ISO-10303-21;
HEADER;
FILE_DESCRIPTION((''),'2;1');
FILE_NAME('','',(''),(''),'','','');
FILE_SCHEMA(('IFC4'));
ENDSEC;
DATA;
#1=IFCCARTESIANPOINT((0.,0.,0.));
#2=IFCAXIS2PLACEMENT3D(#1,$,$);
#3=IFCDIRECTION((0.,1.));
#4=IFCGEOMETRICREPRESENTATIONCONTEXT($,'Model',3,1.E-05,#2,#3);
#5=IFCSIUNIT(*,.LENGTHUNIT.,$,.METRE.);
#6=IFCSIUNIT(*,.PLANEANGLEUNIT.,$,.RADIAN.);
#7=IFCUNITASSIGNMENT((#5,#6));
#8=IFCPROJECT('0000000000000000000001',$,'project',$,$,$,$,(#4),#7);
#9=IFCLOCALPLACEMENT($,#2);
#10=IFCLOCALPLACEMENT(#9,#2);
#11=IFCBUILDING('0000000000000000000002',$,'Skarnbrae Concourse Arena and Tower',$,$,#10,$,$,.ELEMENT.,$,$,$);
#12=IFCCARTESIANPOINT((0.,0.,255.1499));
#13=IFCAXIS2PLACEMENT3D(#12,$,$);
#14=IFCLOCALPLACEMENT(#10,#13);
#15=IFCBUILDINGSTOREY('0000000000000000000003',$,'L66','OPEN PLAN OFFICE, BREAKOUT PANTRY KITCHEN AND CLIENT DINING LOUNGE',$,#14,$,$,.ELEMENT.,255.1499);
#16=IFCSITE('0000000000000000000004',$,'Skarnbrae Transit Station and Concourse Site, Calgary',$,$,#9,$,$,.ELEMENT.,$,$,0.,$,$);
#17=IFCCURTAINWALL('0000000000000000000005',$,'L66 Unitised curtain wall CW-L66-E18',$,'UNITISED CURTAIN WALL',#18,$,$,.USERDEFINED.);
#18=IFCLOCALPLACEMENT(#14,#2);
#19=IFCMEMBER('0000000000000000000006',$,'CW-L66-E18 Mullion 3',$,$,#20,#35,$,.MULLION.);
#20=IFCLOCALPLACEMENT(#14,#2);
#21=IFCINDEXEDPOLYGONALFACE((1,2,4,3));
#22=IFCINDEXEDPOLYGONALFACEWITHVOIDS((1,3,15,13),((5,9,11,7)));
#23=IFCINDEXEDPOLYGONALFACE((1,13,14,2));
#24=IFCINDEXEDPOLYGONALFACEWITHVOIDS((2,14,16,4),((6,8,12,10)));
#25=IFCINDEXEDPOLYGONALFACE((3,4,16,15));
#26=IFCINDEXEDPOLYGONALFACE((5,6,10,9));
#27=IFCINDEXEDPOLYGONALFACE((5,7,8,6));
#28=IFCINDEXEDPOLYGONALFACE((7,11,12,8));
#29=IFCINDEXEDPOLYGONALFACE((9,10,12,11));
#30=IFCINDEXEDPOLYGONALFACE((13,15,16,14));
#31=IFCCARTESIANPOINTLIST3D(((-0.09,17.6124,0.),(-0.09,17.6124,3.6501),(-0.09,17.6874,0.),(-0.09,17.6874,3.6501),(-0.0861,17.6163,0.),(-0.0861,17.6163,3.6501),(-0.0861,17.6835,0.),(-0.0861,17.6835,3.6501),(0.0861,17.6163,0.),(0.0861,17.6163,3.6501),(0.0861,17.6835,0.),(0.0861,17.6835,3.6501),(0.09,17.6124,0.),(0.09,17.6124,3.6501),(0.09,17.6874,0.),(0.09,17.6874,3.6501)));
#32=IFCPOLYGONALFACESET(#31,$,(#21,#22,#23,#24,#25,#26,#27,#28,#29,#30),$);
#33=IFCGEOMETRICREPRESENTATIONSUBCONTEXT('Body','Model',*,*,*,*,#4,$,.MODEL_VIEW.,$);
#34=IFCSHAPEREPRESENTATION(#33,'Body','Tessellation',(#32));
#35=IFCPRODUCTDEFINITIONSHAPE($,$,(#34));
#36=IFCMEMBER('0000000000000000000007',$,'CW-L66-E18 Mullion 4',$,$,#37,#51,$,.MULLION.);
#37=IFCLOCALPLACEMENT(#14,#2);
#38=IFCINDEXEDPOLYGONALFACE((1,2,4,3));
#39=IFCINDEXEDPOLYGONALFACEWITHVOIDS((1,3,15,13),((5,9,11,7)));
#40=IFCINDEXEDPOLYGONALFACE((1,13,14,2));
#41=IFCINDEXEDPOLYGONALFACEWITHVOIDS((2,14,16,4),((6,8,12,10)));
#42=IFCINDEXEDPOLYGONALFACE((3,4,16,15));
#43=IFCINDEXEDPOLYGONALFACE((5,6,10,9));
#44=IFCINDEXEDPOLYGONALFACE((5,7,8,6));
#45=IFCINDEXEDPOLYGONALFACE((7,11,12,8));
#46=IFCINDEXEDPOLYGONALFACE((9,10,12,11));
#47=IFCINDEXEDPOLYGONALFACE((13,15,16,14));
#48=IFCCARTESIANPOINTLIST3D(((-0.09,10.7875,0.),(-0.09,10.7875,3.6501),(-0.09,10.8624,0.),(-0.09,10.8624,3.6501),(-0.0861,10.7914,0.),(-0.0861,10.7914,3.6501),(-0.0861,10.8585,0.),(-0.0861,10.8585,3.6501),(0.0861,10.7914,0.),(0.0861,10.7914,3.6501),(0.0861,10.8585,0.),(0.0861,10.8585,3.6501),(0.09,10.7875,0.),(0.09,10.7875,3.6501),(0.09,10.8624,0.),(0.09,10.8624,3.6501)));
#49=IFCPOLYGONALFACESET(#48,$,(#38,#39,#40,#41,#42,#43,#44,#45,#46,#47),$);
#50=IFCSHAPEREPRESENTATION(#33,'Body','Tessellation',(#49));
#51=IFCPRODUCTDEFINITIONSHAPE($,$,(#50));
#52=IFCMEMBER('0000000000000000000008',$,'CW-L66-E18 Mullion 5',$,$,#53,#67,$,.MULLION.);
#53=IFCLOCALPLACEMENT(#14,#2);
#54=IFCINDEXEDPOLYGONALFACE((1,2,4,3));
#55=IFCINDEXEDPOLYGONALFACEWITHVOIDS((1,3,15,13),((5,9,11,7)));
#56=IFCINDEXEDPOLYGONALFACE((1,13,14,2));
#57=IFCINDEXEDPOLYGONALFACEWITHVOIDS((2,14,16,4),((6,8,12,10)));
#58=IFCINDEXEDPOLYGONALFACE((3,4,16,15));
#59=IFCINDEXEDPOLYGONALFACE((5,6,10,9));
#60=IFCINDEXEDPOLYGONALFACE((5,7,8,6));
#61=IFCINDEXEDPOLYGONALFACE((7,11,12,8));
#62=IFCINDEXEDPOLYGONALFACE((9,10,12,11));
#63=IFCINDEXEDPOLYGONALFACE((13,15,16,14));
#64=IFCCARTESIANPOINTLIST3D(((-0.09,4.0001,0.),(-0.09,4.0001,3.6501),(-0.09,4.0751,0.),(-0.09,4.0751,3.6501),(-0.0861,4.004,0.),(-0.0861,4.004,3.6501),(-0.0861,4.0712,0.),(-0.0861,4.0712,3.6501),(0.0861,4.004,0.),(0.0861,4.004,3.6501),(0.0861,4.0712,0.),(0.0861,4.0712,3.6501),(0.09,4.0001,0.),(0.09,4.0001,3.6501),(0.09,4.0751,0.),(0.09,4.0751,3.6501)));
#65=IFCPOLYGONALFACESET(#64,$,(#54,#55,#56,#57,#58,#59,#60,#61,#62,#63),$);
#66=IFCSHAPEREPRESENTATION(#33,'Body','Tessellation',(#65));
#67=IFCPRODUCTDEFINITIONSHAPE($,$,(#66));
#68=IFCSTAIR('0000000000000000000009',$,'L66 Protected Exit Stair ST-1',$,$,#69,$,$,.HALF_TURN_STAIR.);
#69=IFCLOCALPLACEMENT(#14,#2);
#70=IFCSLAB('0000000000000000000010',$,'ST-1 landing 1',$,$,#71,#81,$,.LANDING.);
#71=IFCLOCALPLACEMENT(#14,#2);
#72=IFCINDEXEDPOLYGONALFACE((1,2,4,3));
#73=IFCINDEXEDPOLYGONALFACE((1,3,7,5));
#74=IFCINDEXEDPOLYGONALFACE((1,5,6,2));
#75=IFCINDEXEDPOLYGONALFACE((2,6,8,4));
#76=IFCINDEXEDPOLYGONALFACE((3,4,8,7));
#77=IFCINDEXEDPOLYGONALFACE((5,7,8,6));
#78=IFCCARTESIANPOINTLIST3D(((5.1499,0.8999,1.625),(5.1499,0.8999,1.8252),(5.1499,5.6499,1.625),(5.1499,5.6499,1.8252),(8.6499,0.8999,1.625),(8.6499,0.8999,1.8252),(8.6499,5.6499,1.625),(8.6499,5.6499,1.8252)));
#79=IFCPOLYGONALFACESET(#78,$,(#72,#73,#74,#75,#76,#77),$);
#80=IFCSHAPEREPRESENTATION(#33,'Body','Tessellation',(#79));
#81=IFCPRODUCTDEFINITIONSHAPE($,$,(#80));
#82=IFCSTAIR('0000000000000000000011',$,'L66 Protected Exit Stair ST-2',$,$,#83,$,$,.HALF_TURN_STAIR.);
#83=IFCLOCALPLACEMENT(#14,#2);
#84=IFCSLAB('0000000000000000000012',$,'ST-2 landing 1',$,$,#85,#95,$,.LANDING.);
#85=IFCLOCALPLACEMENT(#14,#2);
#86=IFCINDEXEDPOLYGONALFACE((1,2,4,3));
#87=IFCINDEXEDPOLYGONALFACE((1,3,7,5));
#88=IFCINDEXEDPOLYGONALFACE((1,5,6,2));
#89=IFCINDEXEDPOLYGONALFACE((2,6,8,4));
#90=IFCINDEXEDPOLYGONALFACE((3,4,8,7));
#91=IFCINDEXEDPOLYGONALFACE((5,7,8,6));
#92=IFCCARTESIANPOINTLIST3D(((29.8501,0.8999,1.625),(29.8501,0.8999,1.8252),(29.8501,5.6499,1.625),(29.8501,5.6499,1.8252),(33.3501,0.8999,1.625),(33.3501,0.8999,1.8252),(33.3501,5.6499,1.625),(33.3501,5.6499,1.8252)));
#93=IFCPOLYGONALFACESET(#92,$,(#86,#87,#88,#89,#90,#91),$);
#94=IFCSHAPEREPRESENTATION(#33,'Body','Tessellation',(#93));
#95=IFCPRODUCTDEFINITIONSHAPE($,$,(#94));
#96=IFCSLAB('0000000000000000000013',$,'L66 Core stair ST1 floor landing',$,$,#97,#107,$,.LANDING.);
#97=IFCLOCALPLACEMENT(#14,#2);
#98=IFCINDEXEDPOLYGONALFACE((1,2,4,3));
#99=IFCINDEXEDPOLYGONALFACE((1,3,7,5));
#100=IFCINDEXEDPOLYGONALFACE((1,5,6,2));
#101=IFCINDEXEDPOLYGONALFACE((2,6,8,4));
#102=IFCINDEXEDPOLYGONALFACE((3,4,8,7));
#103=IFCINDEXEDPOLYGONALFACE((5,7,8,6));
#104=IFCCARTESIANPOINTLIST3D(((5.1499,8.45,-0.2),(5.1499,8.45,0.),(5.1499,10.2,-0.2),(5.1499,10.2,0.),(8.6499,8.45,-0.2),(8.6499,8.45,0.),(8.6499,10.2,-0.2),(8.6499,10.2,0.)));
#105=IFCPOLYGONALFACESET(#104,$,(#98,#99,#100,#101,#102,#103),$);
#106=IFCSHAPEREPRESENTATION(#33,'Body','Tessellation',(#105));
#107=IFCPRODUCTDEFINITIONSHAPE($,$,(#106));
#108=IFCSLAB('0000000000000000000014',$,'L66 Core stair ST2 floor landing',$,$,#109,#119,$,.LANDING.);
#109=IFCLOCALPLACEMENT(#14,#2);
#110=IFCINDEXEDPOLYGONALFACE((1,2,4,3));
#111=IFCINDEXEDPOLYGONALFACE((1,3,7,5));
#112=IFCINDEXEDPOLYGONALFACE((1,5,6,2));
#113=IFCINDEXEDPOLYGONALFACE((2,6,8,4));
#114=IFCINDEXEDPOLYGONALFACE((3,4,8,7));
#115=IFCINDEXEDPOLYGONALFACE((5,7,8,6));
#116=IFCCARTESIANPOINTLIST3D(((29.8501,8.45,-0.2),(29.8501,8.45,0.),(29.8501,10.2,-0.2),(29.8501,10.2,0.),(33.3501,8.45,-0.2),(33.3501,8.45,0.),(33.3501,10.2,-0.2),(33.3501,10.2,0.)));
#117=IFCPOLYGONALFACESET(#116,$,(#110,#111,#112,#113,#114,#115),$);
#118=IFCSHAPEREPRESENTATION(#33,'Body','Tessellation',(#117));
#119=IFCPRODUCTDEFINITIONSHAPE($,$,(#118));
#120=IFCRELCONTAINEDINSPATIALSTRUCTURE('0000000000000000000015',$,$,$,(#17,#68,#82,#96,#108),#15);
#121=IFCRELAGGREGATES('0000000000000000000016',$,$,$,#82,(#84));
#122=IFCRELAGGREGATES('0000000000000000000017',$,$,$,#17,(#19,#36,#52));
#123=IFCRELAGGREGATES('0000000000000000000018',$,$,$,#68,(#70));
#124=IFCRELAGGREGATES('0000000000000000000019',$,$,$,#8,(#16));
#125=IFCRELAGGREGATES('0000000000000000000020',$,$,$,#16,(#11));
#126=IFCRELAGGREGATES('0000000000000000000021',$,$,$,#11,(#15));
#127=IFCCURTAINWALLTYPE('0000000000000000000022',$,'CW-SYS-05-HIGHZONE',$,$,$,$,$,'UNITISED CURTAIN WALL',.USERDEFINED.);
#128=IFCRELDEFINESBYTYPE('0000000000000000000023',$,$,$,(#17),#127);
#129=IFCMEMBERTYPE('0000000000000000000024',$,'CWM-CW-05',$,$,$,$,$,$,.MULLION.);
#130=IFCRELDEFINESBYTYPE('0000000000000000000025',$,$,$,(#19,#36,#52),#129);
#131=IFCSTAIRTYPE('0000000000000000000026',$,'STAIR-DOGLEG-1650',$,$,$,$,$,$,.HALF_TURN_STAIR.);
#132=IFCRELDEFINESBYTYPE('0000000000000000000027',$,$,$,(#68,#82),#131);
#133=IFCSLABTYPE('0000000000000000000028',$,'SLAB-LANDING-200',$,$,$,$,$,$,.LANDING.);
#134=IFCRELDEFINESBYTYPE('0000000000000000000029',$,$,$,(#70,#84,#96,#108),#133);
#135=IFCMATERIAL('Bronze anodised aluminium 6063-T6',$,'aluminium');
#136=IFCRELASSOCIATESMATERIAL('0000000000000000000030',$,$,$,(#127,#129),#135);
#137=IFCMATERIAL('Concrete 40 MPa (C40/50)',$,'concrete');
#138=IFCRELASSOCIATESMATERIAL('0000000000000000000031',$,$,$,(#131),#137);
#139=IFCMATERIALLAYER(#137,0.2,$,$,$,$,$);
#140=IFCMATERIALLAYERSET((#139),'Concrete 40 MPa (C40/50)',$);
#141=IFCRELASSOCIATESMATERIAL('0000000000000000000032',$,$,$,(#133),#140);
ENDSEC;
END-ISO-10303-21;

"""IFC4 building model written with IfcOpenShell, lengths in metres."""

from ifc_helpers import new_model, si_unit, direction, frame, origin, origin_2d, place, context, subcontext, project, spatial, polyline, hollow_rectangle, outline, extrude, source, transform, mapped, material, layer, layer_set, material_profile, profile_set, type_object, element, aggregate, save


model = new_model("IFC4")

# Units and contexts
model_context = context("Model", 3, precision=1e-05, world=origin(), true_north=direction((0.0, 1.0)))
body_context = subcontext(model_context, "Body", "Model", "MODEL_VIEW")
ifc_project = project(units=[si_unit("LENGTHUNIT", "METRE"), si_unit("PLANEANGLEUNIT", "RADIAN")], contexts=[model_context])

# Site, building, storey
site_placement = place(None, origin())
site = spatial("IfcSite", under=ifc_project, at=site_placement, Name="Skarnbrae Transit Station and Concourse Site, Calgary", CompositionType="ELEMENT", RefElevation=0.0)
building_placement = place(site_placement, origin())
building = spatial("IfcBuilding", under=site, at=building_placement, Name="Skarnbrae Concourse Arena and Tower", CompositionType="ELEMENT")
storey_placement = place(building_placement, frame((0.0, 0.0, 255.1499)))
storey = spatial("IfcBuildingStorey", under=building, at=storey_placement, Name="L66", Description="OPEN PLAN OFFICE, BREAKOUT PANTRY KITCHEN AND CLIENT DINING LOUNGE", CompositionType="ELEMENT", Elevation=255.1499)

# Curtain wall, members
ifc_material_1 = material(Name="Bronze anodised aluminium 6063-T6", Category="aluminium")
curtain_wall_type = type_object("IfcCurtainWallType", Name="CW-SYS-05-HIGHZONE", ElementType="UNITISED CURTAIN WALL", PredefinedType="USERDEFINED", material=ifc_material_1)
curtain_wall_placement = place(storey_placement, origin())
curtain_wall = element("IfcCurtainWall", 1, at=curtain_wall_placement, inside=storey, type_object=curtain_wall_type, Name="L66 Unitised curtain wall CW-L66-E18", ObjectType="UNITISED CURTAIN WALL", PredefinedType="USERDEFINED")
ifc_material_profile_1 = material_profile(ifc_material_1, hollow_rectangle(XDim=0.075, YDim=0.1799, WallThickness=0.0039, at=origin_2d()), Name="ALU-MULL-75X180")
ifc_profile_set_1 = profile_set([ifc_material_profile_1], Name="Bronze anodised aluminium 6063-T6")
member_type_1 = type_object("IfcMemberType", Name="CWM-CW-05", PredefinedType="MULLION", material=ifc_profile_set_1)
shared_shape_1 = source(origin(), body_context, "Body", "SweptSolid", [
    extrude(hollow_rectangle(XDim=0.075, YDim=0.1799, WallThickness=0.0039, at=origin_2d()), origin(), (0.0, 0.0, 1.0), 3.6501),
])
member_1_placement = place(storey_placement, frame((0.0, 17.6499, 0.0), z_axis=(0.0, 0.0, 1.0), x_axis=(0.0, -1.0, 0.0)))
member_1 = element("IfcMember", 2, at=member_1_placement, type_object=member_type_1, Name="CW-L66-E18 Mullion 3", PredefinedType="MULLION", context=body_context, shape_type="MappedRepresentation", body=[
    mapped(shared_shape_1, transform((0.0, 0.0, 0.0))),
])
member_2_placement = place(storey_placement, frame((0.0, 10.825, 0.0), z_axis=(0.0, 0.0, 1.0), x_axis=(0.0, -1.0, 0.0)))
member_2 = element("IfcMember", 3, at=member_2_placement, type_object=member_type_1, Name="CW-L66-E18 Mullion 4", PredefinedType="MULLION", context=body_context, shape_type="MappedRepresentation", body=[
    mapped(shared_shape_1, transform((0.0, 0.0, 0.0))),
])
member_3_placement = place(storey_placement, frame((0.0, 4.0376, 0.0), z_axis=(0.0, 0.0, 1.0), x_axis=(0.0, -1.0, 0.0)))
member_3 = element("IfcMember", 4, at=member_3_placement, type_object=member_type_1, Name="CW-L66-E18 Mullion 5", PredefinedType="MULLION", context=body_context, shape_type="MappedRepresentation", body=[
    mapped(shared_shape_1, transform((0.0, 0.0, 0.0))),
])

# Stairs, slabs
ifc_material_2 = material(Name="Concrete 40 MPa (C40/50)", Category="concrete")
stair_type = type_object("IfcStairType", Name="STAIR-DOGLEG-1650", PredefinedType="HALF_TURN_STAIR", material=ifc_material_2)
stair_1_placement = place(storey_placement, origin())
stair_1 = element("IfcStair", 5, at=stair_1_placement, inside=storey, type_object=stair_type, Name="L66 Protected Exit Stair ST-1", PredefinedType="HALF_TURN_STAIR")
ifc_layer_1 = layer(ifc_material_2, 0.2)
ifc_layer_set_1 = layer_set([ifc_layer_1], Name="Concrete 40 MPa (C40/50)")
slab_type_1 = type_object("IfcSlabType", Name="SLAB-LANDING-200", PredefinedType="LANDING", material=ifc_layer_set_1)
slab_1_placement = place(storey_placement, frame((0.0, 0.0, 1.625)))
slab_1 = element("IfcSlab", 6, at=slab_1_placement, type_object=slab_type_1, Name="ST-1 landing 1", PredefinedType="LANDING", context=body_context, shape_type="SweptSolid", body=[
    extrude(outline(polyline([(5.1499, 5.6499), (5.1499, 0.8999), (8.6499, 0.8999), (8.6499, 5.6499), (5.1499, 5.6499)])), origin(), (0.0, 0.0, 1.0), 0.2002),
])
stair_2_placement = place(storey_placement, origin())
stair_2 = element("IfcStair", 7, at=stair_2_placement, inside=storey, type_object=stair_type, Name="L66 Protected Exit Stair ST-2", PredefinedType="HALF_TURN_STAIR")
slab_2_placement = place(storey_placement, frame((0.0, 0.0, 1.625)))
slab_2 = element("IfcSlab", 8, at=slab_2_placement, type_object=slab_type_1, Name="ST-2 landing 1", PredefinedType="LANDING", context=body_context, shape_type="SweptSolid", body=[
    extrude(outline(polyline([(29.8501, 5.6499), (29.8501, 0.8999), (33.3501, 0.8999), (33.3501, 5.6499), (29.8501, 5.6499)])), origin(), (0.0, 0.0, 1.0), 0.2002),
])
aggregate(stair_2, [slab_2])

# Slabs
slab_3_placement = place(storey_placement, frame((0.0, 0.0, -0.2)))
element("IfcSlab", 9, at=slab_3_placement, inside=storey, type_object=slab_type_1, Name="L66 Core stair ST1 floor landing", PredefinedType="LANDING", context=body_context, shape_type="SweptSolid", body=[
    extrude(outline(polyline([(5.1499, 10.2), (5.1499, 8.45), (8.6499, 8.45), (8.6499, 10.2), (5.1499, 10.2)])), origin(), (0.0, 0.0, 1.0), 0.2),
])
slab_4_placement = place(storey_placement, frame((0.0, 0.0, -0.2)))
element("IfcSlab", 10, at=slab_4_placement, inside=storey, type_object=slab_type_1, Name="L66 Core stair ST2 floor landing", PredefinedType="LANDING", context=body_context, shape_type="SweptSolid", body=[
    extrude(outline(polyline([(29.8501, 10.2), (29.8501, 8.45), (33.3501, 8.45), (33.3501, 10.2), (29.8501, 10.2)])), origin(), (0.0, 0.0, 1.0), 0.2),
])

aggregate(curtain_wall, [member_1, member_2, member_3])

aggregate(stair_1, [slab_1])

save(model, "model.ifc")
